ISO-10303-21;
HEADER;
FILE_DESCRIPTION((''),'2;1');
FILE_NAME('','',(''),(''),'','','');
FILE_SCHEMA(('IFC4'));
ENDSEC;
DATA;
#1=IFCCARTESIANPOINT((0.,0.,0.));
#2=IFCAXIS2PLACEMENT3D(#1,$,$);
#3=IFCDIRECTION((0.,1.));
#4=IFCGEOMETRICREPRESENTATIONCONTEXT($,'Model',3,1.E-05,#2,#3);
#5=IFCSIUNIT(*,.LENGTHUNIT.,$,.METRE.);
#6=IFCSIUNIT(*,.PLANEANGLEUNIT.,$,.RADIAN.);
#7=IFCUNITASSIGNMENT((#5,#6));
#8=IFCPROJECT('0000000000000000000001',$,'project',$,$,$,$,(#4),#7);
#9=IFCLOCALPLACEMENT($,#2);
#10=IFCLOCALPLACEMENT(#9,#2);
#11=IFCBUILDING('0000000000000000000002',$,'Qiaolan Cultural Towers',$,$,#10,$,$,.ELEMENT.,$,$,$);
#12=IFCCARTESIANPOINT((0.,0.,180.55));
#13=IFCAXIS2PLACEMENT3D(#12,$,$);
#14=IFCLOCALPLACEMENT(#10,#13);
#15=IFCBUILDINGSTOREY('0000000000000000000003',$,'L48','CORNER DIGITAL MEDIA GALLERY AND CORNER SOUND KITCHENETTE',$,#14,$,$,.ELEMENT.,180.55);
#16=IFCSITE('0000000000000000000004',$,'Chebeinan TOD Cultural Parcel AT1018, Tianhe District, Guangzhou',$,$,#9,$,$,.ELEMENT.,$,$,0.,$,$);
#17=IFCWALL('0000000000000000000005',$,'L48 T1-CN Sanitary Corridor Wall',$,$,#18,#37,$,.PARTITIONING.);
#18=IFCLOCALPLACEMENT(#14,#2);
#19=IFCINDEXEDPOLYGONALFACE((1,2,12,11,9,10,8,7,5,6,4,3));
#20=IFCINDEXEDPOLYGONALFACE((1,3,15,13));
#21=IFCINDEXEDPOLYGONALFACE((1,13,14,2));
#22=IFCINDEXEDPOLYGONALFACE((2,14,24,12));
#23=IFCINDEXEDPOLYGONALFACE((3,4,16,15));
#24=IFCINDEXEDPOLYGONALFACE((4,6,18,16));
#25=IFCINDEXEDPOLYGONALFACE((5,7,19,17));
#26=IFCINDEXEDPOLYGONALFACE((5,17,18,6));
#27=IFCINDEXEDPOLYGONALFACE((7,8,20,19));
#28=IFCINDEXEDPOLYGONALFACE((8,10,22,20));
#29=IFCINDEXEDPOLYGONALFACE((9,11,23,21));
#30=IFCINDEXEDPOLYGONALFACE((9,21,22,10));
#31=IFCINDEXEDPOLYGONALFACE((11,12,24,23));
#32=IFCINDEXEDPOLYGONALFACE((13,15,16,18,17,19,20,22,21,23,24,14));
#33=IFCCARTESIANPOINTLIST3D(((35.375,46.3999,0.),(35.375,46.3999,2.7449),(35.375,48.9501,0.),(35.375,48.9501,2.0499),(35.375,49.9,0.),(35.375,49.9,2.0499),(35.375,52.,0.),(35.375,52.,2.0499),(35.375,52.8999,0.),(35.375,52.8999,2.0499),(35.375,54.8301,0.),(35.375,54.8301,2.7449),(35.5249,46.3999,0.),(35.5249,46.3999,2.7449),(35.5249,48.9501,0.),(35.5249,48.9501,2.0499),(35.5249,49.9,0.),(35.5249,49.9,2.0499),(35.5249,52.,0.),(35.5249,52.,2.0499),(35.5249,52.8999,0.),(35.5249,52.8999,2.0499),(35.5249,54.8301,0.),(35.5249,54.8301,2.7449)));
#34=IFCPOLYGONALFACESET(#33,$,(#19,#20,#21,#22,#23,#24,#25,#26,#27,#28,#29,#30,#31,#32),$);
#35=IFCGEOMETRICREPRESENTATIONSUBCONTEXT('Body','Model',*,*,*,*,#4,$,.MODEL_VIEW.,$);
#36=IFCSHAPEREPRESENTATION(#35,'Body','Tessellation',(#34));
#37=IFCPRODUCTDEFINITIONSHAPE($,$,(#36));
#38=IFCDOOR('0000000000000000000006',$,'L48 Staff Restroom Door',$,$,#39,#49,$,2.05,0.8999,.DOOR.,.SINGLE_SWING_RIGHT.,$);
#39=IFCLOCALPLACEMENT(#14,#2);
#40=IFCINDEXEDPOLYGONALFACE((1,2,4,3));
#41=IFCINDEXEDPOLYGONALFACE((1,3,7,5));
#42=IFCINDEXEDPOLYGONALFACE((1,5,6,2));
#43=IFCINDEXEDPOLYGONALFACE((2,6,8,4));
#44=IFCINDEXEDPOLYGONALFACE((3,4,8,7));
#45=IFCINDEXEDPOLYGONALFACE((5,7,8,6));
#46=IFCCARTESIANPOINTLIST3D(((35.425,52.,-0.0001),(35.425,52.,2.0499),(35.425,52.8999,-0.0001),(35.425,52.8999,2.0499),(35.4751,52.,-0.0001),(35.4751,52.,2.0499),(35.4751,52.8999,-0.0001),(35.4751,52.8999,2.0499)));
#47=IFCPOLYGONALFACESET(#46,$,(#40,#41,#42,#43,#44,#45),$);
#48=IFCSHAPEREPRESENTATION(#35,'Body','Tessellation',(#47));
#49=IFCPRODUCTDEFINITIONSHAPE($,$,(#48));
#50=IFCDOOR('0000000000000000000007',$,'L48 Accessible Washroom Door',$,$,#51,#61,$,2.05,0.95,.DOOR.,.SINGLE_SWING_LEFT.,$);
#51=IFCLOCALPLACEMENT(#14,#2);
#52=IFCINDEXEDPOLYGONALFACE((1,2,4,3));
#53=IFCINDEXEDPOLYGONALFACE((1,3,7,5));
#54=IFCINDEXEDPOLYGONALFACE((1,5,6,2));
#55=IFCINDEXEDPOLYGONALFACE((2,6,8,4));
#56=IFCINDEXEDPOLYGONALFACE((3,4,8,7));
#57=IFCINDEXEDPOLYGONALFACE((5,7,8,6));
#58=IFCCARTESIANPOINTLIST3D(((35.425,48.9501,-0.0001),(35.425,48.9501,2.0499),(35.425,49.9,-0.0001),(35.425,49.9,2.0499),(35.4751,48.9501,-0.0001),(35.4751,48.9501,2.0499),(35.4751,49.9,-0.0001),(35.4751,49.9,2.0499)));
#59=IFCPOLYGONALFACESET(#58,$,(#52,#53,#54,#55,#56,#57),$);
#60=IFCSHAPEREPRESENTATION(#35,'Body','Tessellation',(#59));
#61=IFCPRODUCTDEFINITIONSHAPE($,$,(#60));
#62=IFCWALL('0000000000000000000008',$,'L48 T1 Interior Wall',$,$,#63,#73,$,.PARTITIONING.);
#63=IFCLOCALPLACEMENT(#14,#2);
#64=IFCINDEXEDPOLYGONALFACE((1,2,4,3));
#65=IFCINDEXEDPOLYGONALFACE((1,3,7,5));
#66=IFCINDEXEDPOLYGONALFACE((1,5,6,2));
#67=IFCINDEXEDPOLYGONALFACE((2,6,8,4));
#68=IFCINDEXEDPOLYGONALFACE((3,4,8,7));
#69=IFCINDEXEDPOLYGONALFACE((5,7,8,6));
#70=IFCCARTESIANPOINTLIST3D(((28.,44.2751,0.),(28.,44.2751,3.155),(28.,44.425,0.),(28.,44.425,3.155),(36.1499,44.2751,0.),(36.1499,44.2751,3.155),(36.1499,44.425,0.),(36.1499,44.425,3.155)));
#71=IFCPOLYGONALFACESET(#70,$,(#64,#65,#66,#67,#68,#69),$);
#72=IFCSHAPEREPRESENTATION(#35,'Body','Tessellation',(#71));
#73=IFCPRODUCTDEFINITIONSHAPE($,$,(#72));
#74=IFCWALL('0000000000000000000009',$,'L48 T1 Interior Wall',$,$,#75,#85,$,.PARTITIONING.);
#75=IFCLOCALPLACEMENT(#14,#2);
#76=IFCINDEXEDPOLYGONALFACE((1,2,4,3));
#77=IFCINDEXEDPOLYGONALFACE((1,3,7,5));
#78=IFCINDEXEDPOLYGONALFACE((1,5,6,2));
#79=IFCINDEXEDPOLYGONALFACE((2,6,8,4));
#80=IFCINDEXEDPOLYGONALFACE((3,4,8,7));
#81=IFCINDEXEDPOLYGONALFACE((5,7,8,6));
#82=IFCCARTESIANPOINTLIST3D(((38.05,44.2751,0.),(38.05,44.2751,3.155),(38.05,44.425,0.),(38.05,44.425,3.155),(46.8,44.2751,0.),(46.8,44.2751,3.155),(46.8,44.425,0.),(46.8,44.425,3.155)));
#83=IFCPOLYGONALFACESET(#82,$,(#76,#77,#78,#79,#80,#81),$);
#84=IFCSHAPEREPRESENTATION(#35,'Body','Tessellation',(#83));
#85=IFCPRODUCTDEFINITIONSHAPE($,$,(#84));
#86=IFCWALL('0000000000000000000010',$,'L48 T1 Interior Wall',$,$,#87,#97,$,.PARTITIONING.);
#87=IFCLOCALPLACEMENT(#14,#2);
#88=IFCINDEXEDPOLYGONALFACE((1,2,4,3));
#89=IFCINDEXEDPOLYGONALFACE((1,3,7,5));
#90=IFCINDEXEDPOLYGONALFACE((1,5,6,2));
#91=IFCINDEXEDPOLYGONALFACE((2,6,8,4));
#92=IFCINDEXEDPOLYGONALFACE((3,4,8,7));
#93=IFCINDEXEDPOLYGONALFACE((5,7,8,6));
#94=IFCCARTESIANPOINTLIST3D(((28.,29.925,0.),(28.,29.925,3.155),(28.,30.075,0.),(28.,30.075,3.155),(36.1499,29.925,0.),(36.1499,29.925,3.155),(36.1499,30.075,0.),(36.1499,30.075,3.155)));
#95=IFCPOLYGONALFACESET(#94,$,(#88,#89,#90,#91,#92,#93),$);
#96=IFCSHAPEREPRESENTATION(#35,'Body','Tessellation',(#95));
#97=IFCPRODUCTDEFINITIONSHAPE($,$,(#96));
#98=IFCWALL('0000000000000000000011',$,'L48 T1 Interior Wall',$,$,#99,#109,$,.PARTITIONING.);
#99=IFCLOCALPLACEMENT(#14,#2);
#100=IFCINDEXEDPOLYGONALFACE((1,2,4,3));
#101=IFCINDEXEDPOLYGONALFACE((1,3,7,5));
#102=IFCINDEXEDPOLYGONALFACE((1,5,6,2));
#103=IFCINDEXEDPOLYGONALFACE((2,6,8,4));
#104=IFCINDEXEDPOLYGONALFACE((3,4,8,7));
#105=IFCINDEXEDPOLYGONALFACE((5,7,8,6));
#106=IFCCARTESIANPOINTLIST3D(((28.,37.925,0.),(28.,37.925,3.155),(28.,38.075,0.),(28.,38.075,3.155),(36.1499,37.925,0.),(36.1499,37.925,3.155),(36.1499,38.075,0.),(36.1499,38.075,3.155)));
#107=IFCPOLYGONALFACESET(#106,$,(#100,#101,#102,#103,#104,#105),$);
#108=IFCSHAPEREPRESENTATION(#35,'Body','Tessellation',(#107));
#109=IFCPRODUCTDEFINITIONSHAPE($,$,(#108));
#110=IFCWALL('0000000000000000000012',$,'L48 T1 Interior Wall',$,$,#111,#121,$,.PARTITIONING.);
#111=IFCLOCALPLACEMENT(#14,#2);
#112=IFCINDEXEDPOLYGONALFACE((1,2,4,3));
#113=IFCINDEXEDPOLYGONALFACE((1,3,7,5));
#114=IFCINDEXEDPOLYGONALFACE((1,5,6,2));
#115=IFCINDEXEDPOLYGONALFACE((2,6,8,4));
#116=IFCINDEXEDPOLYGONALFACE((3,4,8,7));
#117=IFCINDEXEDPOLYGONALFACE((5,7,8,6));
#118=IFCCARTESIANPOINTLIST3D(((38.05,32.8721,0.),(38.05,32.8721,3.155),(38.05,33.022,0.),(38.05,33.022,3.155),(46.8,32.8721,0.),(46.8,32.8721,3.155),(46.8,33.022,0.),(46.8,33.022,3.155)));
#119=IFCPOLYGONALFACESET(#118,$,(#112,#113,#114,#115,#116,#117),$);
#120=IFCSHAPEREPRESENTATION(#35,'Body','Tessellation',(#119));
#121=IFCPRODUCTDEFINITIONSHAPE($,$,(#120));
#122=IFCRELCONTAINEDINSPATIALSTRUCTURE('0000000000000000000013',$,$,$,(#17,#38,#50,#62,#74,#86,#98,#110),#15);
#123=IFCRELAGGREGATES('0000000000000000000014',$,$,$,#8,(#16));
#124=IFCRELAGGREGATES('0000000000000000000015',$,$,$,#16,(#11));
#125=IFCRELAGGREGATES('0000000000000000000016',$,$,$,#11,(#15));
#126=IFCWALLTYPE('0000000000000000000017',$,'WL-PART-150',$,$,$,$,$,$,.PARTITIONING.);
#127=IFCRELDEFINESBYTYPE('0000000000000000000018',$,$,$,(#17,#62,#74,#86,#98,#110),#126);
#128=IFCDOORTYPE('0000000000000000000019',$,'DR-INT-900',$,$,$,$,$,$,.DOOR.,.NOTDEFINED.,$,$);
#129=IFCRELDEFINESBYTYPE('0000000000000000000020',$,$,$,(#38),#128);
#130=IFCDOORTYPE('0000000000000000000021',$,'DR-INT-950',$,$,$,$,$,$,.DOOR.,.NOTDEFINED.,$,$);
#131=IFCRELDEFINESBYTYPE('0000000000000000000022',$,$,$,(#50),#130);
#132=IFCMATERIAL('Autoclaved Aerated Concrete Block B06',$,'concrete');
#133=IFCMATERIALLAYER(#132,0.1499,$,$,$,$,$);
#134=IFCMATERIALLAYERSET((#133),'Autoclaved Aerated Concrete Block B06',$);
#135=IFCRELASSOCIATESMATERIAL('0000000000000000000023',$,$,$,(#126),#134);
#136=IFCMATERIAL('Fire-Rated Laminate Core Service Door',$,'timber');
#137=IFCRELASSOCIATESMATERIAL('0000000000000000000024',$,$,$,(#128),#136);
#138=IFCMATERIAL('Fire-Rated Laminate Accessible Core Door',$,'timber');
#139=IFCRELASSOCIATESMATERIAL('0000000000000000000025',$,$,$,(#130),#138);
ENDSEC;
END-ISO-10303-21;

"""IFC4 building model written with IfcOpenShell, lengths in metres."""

from ifc_helpers import new_model, si_unit, direction, frame, frame_2d, origin, place, context, subcontext, project, spatial, rectangle, extrude, material, layer, layer_set, type_object, element, fill, save


model = new_model("IFC4")

# Units and contexts
model_context = context("Model", 3, precision=1e-05, world=origin(), true_north=direction((0.0, 1.0)))
body_context = subcontext(model_context, "Body", "Model", "MODEL_VIEW")
ifc_project = project(units=[si_unit("LENGTHUNIT", "METRE"), si_unit("PLANEANGLEUNIT", "RADIAN")], contexts=[model_context])

# Site, building, storey
site_placement = place(None, origin())
site = spatial("IfcSite", under=ifc_project, at=site_placement, Name="Chebeinan TOD Cultural Parcel AT1018, Tianhe District, Guangzhou", CompositionType="ELEMENT", RefElevation=0.0)
building_placement = place(site_placement, origin())
building = spatial("IfcBuilding", under=site, at=building_placement, Name="Qiaolan Cultural Towers", CompositionType="ELEMENT")
storey_placement = place(building_placement, frame((0.0, 0.0, 180.55)))
storey = spatial("IfcBuildingStorey", under=building, at=storey_placement, Name="L48", Description="CORNER DIGITAL MEDIA GALLERY AND CORNER SOUND KITCHENETTE", CompositionType="ELEMENT", Elevation=180.55)

# Shared definitions
ifc_material_1 = material(Name="Autoclaved Aerated Concrete Block B06", Category="concrete")
ifc_layer_1 = layer(ifc_material_1, 0.1499)
ifc_layer_set_1 = layer_set([ifc_layer_1], Name="Autoclaved Aerated Concrete Block B06")
wall_type_1 = type_object("IfcWallType", Name="WL-PART-150", PredefinedType="PARTITIONING", material=ifc_layer_set_1)

# Wall, openings, doors
ifc_material_2 = material(Name="Fire-Rated Laminate Core Service Door", Category="timber")
door_type_1 = type_object("IfcDoorType", Name="DR-INT-900", OperationType="NOTDEFINED", PredefinedType="DOOR", material=ifc_material_2)
ifc_material_3 = material(Name="Fire-Rated Laminate Accessible Core Door", Category="timber")
door_type_2 = type_object("IfcDoorType", Name="DR-INT-950", OperationType="NOTDEFINED", PredefinedType="DOOR", material=ifc_material_3)
wall_1_placement = place(storey_placement, frame((35.45, 46.3999, 0.0), z_axis=(0.0, 0.0, 1.0), x_axis=(0.0, 1.0, 0.0)))
wall_1 = element("IfcWall", 1, at=wall_1_placement, inside=storey, type_object=wall_type_1, Name="L48 T1-CN Sanitary Corridor Wall", PredefinedType="PARTITIONING", context=body_context, shape_type="SweptSolid", body=[
    extrude(rectangle(XDim=8.4302, YDim=0.1499, at=frame_2d((4.2151, 0.0))), origin(), (0.0, 0.0, 1.0), 2.7449),
])
opening_1_placement = place(wall_1_placement, frame((2.55, 0.0, 0.0)))
opening_1 = element("IfcOpeningElement", 2, at=opening_1_placement, cuts=wall_1, PredefinedType="OPENING", context=body_context, shape_type="SweptSolid", body=[
    extrude(rectangle(XDim=0.95, YDim=2.05, at=frame_2d((0.4751, 1.0249))), frame((0.0, 0.085, 0.0), z_axis=(0.0, -1.0, 0.0), x_axis=(1.0, 0.0, 0.0)), (0.0, 0.0, 1.0), 0.1699),
])
opening_2_placement = place(wall_1_placement, frame((5.6001, 0.0, 0.0)))
opening_2 = element("IfcOpeningElement", 3, at=opening_2_placement, cuts=wall_1, PredefinedType="OPENING", context=body_context, shape_type="SweptSolid", body=[
    extrude(rectangle(XDim=0.8999, YDim=2.05, at=frame_2d((0.45, 1.0249))), frame((0.0, 0.085, 0.0), z_axis=(0.0, -1.0, 0.0), x_axis=(1.0, 0.0, 0.0)), (0.0, 0.0, 1.0), 0.1699),
])
door_1_placement = place(opening_2_placement, origin())
door_1 = element("IfcDoor", 4, at=door_1_placement, inside=storey, type_object=door_type_1, Name="L48 Staff Restroom Door", OperationType="SINGLE_SWING_RIGHT", OverallHeight=2.05, OverallWidth=0.8999, PredefinedType="DOOR", context=body_context, shape_type="SweptSolid", body=[
    extrude(rectangle(XDim=0.8999, YDim=2.05, at=frame_2d((0.45, 1.0249))), frame((0.0, 0.0249, 0.0), z_axis=(0.0, -1.0, 0.0), x_axis=(1.0, 0.0, 0.0)), (0.0, 0.0, 1.0), 0.05),
])
fill(opening_2, door_1)
door_2_placement = place(opening_1_placement, origin())
door_2 = element("IfcDoor", 5, at=door_2_placement, inside=storey, type_object=door_type_2, Name="L48 Accessible Washroom Door", OperationType="SINGLE_SWING_LEFT", OverallHeight=2.05, OverallWidth=0.95, PredefinedType="DOOR", context=body_context, shape_type="SweptSolid", body=[
    extrude(rectangle(XDim=0.95, YDim=2.05, at=frame_2d((0.4751, 1.0249))), frame((0.0, 0.0249, 0.0), z_axis=(0.0, -1.0, 0.0), x_axis=(1.0, 0.0, 0.0)), (0.0, 0.0, 1.0), 0.05),
])
fill(opening_1, door_2)

# Walls
wall_2_placement = place(storey_placement, frame((28.0, 44.3501, 0.0), z_axis=(0.0, 0.0, 1.0), x_axis=(1.0, 0.0, 0.0)))
element("IfcWall", 6, at=wall_2_placement, inside=storey, type_object=wall_type_1, Name="L48 T1 Interior Wall", PredefinedType="PARTITIONING", context=body_context, shape_type="SweptSolid", body=[
    extrude(rectangle(XDim=8.1499, YDim=0.1499, at=frame_2d((4.075, 0.0))), origin(), (0.0, 0.0, 1.0), 3.155),
])
wall_3_placement = place(storey_placement, frame((38.05, 44.3501, 0.0), z_axis=(0.0, 0.0, 1.0), x_axis=(1.0, 0.0, 0.0)))
element("IfcWall", 7, at=wall_3_placement, inside=storey, type_object=wall_type_1, Name="L48 T1 Interior Wall", PredefinedType="PARTITIONING", context=body_context, shape_type="SweptSolid", body=[
    extrude(rectangle(XDim=8.75, YDim=0.1499, at=frame_2d((4.375, 0.0))), origin(), (0.0, 0.0, 1.0), 3.155),
])
for number, where, z_axis, x_axis, name in (
    (8, (28.0, 30.0, 0.0), (0.0, 0.0, 1.0), (1.0, 0.0, 0.0), "L48 T1 Interior Wall"),
    (9, (28.0, 38.0, 0.0), (0.0, 0.0, 1.0), (1.0, 0.0, 0.0), "L48 T1 Interior Wall"),
):
    element("IfcWall", number, at=place(storey_placement, frame(where, z_axis=z_axis, x_axis=x_axis)), inside=storey, type_object=wall_type_1, Name=name, PredefinedType="PARTITIONING", context=body_context, shape_type="SweptSolid", body=[
        extrude(rectangle(XDim=8.1499, YDim=0.1499, at=frame_2d((4.075, 0.0))), origin(), (0.0, 0.0, 1.0), 3.155),
    ])
wall_4_placement = place(storey_placement, frame((38.05, 32.947, 0.0), z_axis=(0.0, 0.0, 1.0), x_axis=(1.0, 0.0, 0.0)))
element("IfcWall", 10, at=wall_4_placement, inside=storey, type_object=wall_type_1, Name="L48 T1 Interior Wall", PredefinedType="PARTITIONING", context=body_context, shape_type="SweptSolid", body=[
    extrude(rectangle(XDim=8.75, YDim=0.1499, at=frame_2d((4.375, 0.0))), origin(), (0.0, 0.0, 1.0), 3.155),
])

save(model, "model.ifc")
